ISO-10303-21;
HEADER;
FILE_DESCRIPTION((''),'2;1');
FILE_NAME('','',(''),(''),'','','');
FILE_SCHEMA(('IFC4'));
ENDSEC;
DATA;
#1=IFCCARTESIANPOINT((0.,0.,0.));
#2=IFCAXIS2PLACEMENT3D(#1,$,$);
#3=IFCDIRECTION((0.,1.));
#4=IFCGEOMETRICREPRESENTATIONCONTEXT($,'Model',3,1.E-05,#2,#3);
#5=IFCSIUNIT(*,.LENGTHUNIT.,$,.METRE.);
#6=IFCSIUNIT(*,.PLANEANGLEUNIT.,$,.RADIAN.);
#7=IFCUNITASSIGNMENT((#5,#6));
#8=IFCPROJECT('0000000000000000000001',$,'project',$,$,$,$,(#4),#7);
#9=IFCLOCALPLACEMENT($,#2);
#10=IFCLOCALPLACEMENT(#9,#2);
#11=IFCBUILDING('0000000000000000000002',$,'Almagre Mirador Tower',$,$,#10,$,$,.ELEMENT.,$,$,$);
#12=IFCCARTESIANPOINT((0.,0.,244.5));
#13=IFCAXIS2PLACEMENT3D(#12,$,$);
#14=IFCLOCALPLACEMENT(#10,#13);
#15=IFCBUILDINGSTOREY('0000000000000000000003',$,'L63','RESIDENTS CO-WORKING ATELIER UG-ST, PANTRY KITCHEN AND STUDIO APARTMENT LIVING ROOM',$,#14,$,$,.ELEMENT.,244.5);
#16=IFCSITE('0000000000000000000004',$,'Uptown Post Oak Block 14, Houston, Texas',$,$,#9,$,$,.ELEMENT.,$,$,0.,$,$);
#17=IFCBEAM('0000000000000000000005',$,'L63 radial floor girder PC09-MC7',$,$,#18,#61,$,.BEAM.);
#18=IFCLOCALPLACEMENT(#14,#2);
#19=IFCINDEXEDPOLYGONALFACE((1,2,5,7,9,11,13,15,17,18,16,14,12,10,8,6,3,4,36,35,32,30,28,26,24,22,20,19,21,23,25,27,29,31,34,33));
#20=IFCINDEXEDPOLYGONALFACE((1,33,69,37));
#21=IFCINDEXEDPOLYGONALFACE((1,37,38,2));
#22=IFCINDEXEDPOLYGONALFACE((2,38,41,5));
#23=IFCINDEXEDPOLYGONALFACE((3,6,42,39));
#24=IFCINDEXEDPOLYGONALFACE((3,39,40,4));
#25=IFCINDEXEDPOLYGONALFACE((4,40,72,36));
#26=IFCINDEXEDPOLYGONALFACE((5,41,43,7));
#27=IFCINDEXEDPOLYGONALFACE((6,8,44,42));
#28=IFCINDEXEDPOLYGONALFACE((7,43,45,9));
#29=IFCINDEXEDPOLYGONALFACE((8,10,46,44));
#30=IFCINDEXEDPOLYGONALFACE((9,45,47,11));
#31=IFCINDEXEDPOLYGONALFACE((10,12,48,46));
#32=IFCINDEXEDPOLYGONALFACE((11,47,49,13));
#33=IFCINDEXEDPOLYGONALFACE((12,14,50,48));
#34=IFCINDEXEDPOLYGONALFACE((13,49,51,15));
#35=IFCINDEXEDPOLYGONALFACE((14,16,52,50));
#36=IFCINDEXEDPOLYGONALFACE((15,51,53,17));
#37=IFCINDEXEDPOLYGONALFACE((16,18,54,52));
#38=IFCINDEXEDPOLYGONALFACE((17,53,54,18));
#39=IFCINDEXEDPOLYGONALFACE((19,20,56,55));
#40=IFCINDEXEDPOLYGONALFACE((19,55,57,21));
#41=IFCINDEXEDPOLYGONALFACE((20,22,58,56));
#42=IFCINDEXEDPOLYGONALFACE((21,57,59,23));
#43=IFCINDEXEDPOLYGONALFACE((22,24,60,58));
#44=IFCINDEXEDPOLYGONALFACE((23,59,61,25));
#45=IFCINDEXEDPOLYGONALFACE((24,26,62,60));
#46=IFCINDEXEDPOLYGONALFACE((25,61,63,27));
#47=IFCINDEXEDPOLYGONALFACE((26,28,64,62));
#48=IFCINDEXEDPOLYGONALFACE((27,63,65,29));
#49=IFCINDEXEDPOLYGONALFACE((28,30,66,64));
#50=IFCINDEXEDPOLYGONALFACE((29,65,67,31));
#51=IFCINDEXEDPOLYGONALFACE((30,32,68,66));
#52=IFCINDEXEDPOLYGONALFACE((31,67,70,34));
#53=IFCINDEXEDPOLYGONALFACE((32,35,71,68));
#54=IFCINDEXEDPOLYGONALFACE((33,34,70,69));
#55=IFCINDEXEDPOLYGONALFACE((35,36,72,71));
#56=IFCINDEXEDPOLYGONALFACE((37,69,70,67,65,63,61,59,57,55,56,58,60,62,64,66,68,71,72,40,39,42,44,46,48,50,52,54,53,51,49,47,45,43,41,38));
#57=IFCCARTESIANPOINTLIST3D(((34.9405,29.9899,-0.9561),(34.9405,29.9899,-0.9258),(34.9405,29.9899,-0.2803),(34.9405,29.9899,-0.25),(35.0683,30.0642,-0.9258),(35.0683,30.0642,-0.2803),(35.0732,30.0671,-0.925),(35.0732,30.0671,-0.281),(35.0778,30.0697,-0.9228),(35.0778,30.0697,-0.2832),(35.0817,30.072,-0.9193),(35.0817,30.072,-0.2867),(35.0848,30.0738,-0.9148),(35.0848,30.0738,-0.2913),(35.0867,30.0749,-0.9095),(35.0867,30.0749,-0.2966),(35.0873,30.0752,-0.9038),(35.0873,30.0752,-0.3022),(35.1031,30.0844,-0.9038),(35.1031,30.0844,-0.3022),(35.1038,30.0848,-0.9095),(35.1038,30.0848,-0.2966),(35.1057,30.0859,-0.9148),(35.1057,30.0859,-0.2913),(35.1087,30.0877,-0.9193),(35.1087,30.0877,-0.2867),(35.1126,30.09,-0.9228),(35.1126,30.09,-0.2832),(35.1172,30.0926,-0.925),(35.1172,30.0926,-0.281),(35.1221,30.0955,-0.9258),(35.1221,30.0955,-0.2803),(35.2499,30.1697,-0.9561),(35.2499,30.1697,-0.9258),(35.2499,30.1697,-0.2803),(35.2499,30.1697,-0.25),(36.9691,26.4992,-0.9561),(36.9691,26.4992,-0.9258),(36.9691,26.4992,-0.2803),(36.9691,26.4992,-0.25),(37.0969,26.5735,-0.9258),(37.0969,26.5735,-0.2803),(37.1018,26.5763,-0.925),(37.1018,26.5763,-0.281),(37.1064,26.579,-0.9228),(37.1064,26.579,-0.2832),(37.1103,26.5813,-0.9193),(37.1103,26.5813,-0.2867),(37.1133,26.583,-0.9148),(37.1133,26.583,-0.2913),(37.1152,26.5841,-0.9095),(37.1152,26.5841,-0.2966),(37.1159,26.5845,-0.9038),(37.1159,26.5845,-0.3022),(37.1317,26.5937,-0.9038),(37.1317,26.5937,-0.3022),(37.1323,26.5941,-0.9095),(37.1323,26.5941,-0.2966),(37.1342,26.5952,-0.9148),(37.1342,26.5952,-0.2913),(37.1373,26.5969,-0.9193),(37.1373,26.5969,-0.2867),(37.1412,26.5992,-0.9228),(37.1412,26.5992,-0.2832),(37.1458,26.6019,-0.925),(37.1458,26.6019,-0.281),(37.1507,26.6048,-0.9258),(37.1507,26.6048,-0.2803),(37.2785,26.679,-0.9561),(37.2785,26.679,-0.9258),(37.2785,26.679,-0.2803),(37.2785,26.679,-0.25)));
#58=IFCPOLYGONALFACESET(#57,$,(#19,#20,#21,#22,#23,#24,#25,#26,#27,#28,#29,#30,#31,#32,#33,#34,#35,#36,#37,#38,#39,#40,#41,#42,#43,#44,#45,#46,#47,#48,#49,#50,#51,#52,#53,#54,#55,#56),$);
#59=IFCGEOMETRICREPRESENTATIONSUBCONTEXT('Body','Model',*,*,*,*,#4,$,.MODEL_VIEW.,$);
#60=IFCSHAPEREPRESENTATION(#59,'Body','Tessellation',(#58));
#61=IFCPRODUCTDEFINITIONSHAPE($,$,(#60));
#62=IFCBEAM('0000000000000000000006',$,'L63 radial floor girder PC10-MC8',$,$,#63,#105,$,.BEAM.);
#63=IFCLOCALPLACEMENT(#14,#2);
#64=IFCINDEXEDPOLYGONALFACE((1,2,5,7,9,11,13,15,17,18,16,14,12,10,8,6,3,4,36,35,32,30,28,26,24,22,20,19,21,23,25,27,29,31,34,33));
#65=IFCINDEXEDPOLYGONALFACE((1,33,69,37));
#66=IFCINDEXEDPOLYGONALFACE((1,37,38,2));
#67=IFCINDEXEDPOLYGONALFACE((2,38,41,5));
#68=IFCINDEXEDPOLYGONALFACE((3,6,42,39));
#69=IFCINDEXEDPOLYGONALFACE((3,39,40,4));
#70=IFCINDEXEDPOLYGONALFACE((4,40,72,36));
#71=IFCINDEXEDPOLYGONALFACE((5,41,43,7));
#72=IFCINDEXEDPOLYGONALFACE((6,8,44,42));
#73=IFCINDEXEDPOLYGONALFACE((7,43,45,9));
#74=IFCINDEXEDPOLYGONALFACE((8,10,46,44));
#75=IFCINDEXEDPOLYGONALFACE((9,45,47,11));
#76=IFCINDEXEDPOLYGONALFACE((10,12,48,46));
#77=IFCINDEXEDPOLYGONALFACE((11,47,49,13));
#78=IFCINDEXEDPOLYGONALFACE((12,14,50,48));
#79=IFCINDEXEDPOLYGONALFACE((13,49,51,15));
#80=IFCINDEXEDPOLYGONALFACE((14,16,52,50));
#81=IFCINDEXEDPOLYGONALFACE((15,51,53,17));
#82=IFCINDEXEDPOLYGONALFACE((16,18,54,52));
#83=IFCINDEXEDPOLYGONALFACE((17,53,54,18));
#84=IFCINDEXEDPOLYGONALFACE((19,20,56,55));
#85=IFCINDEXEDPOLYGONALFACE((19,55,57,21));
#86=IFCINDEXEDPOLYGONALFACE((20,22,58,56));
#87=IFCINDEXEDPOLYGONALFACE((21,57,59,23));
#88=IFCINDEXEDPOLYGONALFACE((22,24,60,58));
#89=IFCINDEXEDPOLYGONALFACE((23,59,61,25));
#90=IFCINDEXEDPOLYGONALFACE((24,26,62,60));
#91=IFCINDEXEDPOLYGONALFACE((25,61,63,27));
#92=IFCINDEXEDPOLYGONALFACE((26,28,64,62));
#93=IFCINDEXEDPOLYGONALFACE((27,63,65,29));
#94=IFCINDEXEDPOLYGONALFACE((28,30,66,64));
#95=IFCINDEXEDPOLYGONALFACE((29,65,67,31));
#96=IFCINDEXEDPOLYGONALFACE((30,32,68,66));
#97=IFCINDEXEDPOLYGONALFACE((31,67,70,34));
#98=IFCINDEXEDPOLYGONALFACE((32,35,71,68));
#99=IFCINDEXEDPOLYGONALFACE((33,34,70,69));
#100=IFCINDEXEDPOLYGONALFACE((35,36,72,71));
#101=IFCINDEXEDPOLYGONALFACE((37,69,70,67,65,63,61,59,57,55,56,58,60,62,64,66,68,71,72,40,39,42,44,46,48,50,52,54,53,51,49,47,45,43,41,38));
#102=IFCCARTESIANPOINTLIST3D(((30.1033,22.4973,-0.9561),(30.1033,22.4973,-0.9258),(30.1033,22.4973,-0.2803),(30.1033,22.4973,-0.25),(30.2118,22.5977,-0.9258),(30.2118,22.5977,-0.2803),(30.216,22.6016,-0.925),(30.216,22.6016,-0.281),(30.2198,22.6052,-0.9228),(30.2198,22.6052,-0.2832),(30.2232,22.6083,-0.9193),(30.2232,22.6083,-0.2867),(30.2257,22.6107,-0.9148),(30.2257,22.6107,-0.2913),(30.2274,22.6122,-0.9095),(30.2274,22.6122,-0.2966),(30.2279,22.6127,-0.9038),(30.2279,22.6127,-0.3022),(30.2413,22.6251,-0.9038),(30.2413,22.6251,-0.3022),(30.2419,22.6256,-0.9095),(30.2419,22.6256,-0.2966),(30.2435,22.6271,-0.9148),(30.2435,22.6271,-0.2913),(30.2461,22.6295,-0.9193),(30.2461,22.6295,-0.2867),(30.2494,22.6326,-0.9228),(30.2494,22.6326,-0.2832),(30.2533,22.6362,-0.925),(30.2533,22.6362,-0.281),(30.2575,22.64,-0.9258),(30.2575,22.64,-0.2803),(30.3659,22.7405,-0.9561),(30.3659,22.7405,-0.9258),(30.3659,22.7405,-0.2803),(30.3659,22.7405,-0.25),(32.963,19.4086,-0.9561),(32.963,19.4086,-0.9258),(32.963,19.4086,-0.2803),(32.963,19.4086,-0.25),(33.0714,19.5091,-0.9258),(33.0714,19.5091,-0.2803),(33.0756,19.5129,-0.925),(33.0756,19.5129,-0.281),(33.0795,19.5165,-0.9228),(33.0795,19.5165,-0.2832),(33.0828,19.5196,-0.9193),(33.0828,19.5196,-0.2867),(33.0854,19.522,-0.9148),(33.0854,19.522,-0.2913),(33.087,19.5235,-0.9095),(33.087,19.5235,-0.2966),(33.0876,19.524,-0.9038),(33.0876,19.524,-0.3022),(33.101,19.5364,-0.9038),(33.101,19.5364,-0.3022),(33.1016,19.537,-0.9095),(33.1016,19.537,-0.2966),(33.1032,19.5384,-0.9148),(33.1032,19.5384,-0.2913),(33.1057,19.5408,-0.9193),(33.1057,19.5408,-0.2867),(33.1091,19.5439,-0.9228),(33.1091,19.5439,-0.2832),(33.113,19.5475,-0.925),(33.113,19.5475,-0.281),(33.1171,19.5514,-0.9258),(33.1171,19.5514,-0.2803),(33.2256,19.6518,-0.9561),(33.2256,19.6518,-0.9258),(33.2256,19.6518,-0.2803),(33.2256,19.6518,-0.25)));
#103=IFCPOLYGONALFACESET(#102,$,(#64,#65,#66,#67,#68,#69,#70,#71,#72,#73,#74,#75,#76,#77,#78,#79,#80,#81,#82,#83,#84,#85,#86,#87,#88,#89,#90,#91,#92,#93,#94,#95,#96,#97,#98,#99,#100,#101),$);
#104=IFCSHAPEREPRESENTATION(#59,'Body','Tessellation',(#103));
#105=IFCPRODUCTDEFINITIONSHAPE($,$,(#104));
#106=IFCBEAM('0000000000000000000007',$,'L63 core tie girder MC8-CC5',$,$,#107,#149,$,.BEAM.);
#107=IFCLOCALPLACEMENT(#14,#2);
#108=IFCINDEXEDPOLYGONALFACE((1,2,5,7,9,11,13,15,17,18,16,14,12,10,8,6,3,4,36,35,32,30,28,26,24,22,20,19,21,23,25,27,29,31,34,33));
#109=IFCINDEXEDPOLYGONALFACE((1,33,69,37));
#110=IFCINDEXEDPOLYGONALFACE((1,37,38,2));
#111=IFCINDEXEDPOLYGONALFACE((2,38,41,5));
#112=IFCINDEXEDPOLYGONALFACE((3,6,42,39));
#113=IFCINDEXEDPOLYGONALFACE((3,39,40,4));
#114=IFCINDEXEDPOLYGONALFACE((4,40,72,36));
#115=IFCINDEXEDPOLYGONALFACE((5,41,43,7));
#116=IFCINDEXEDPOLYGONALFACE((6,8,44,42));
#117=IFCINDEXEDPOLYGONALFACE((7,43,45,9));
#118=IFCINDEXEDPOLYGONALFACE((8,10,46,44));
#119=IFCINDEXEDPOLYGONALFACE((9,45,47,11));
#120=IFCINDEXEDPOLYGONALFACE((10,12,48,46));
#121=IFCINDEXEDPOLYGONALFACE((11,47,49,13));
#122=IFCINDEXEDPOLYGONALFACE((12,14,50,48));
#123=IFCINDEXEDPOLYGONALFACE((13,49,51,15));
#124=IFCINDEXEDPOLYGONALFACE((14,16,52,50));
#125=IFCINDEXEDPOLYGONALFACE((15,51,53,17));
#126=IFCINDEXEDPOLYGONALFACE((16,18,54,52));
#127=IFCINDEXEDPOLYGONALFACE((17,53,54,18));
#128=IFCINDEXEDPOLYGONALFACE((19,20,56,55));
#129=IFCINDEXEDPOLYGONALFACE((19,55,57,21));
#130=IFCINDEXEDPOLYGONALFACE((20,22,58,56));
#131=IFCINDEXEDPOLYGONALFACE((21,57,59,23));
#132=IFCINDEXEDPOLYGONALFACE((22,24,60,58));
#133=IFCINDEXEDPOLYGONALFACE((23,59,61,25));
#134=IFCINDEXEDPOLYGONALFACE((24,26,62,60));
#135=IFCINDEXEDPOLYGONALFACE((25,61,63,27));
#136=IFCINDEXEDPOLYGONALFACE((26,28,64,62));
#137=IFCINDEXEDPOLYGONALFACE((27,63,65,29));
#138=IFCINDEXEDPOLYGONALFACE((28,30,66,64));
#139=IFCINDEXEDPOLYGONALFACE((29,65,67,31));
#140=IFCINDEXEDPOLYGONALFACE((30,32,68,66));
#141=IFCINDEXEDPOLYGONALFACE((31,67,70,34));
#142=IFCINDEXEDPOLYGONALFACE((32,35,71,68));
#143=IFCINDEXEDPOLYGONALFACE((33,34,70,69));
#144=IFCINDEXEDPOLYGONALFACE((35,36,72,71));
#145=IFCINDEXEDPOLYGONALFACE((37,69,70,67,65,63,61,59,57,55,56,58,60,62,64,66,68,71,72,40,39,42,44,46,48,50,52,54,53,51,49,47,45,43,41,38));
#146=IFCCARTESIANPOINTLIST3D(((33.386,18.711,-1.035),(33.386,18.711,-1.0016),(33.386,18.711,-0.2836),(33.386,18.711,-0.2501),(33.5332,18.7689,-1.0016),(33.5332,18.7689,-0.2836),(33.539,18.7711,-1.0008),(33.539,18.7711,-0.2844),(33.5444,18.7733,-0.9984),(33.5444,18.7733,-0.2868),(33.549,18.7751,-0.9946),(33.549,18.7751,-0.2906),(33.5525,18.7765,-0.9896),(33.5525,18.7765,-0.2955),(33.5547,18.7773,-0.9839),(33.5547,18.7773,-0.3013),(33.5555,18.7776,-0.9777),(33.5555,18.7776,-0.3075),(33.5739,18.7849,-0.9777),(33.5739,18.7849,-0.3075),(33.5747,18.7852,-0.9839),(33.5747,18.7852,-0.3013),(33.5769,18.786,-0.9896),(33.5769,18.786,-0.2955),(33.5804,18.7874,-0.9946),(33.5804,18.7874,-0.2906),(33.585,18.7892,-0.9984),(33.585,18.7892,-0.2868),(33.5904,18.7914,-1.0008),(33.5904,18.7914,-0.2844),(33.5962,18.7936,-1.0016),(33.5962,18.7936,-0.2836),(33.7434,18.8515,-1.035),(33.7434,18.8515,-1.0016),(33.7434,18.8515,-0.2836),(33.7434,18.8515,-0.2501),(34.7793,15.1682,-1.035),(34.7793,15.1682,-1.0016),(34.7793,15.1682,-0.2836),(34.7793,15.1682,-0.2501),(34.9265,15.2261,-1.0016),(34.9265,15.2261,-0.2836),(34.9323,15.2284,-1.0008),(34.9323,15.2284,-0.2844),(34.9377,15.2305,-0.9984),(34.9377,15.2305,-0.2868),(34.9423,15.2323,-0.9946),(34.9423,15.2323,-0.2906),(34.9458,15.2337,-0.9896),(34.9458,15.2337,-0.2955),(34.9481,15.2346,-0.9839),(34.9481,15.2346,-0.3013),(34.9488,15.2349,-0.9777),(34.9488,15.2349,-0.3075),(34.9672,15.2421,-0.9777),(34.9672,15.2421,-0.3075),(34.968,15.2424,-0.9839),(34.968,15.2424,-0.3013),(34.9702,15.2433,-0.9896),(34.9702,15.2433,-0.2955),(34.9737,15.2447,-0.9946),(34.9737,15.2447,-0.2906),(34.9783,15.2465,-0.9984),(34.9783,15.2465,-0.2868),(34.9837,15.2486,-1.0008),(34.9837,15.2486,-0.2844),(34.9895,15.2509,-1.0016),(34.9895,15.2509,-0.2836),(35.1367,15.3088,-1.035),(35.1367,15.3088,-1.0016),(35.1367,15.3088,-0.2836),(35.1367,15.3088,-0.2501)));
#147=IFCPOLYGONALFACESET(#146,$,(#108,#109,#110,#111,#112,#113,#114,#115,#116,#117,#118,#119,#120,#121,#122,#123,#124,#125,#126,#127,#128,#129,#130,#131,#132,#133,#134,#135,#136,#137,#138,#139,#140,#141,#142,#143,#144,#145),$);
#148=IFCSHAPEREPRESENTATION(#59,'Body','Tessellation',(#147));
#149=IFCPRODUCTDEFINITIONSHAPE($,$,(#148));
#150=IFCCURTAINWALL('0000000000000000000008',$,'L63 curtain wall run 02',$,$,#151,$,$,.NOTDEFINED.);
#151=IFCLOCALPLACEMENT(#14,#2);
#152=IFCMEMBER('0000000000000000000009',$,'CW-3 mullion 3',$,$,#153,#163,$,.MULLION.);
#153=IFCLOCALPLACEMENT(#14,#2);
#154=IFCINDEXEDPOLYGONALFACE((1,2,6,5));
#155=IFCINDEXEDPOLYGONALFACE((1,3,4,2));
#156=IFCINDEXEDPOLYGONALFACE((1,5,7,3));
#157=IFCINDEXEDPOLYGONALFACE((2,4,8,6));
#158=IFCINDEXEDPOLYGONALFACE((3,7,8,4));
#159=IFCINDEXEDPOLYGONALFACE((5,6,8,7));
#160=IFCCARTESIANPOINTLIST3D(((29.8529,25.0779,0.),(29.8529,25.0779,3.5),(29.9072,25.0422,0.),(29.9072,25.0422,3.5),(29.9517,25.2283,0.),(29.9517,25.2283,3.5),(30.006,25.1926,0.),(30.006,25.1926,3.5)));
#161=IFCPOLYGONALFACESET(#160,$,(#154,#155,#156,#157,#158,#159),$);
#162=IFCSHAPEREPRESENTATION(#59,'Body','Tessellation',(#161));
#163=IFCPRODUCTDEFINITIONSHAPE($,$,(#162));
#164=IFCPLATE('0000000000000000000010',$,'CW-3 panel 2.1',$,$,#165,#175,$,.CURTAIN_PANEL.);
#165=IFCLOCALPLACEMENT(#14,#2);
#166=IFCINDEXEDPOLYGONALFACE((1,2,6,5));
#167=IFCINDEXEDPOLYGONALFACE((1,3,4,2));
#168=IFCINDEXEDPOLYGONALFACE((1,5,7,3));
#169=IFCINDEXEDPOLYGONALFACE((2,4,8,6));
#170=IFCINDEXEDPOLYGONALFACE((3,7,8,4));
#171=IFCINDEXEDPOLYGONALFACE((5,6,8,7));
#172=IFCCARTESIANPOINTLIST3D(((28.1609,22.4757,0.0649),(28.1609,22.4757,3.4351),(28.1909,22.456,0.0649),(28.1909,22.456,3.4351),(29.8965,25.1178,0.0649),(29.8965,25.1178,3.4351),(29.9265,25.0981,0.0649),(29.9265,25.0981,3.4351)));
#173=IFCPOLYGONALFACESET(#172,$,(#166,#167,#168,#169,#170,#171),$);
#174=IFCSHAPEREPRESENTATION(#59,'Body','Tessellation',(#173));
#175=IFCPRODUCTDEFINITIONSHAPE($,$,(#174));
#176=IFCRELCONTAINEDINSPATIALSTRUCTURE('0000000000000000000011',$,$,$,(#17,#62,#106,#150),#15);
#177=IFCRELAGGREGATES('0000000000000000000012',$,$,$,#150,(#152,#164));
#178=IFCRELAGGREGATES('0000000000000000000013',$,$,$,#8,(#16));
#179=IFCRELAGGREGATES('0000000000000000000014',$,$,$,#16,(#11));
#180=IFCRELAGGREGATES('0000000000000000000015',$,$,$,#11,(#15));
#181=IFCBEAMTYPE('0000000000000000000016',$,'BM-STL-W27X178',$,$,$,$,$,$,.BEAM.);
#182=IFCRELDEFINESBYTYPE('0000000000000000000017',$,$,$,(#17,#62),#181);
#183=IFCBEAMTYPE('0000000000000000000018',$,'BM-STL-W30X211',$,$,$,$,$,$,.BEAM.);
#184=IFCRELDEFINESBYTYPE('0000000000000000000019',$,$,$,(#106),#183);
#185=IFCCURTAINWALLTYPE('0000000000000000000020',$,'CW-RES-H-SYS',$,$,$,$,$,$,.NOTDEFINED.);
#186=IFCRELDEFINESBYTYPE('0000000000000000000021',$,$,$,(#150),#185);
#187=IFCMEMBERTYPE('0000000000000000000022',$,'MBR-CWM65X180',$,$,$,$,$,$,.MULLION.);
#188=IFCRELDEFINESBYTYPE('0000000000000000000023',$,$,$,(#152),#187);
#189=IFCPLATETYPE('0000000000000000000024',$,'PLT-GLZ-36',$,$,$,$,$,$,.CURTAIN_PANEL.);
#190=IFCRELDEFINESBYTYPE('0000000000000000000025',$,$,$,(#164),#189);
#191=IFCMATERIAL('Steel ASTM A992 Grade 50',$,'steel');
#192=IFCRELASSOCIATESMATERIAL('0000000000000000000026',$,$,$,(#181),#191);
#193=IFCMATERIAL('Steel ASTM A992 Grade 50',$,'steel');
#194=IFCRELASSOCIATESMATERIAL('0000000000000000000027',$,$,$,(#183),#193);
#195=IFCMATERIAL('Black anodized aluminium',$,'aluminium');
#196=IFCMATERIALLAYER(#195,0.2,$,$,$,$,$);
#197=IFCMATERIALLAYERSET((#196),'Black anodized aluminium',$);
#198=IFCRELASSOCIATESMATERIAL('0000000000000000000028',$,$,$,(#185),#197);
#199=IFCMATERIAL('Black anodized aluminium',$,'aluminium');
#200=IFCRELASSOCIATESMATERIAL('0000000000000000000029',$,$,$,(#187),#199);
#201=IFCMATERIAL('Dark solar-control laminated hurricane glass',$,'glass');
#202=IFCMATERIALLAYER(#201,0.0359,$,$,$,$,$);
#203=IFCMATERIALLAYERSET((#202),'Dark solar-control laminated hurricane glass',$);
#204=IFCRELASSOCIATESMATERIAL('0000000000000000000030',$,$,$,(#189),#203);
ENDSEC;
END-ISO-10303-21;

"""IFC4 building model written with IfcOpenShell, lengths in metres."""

from ifc_helpers import new_model, si_unit, direction, frame, origin, origin_2d, place, context, subcontext, project, spatial, rectangle, i_section, extrude, material, layer, layer_set, material_profile, profile_set, type_object, element, aggregate, save


model = new_model("IFC4")

# Units and contexts
model_context = context("Model", 3, precision=1e-05, world=origin(), true_north=direction((0.0, 1.0)))
body_context = subcontext(model_context, "Body", "Model", "MODEL_VIEW")
ifc_project = project(units=[si_unit("LENGTHUNIT", "METRE"), si_unit("PLANEANGLEUNIT", "RADIAN")], contexts=[model_context])

# Site, building, storey
site_placement = place(None, origin())
site = spatial("IfcSite", under=ifc_project, at=site_placement, Name="Uptown Post Oak Block 14, Houston, Texas", CompositionType="ELEMENT", RefElevation=0.0)
building_placement = place(site_placement, origin())
building = spatial("IfcBuilding", under=site, at=building_placement, Name="Almagre Mirador Tower", CompositionType="ELEMENT")
storey_placement = place(building_placement, frame((0.0, 0.0, 244.5)))
storey = spatial("IfcBuildingStorey", under=building, at=storey_placement, Name="L63", Description="RESIDENTS CO-WORKING ATELIER UG-ST, PANTRY KITCHEN AND STUDIO APARTMENT LIVING ROOM", CompositionType="ELEMENT", Elevation=244.5)

# Beams
ifc_material_1 = material(Name="Steel ASTM A992 Grade 50", Category="steel")
ifc_material_profile_1 = material_profile(ifc_material_1, i_section(OverallWidth=0.3579, OverallDepth=0.7061, WebThickness=0.0183, FlangeThickness=0.0303, FilletRadius=0.022, at=origin_2d()), Name="W27X178")
ifc_profile_set_1 = profile_set([ifc_material_profile_1], Name="Steel ASTM A992 Grade 50")
beam_type_1 = type_object("IfcBeamType", Name="BM-STL-W27X178", PredefinedType="BEAM", material=ifc_profile_set_1)
beam_1_placement = place(storey_placement, frame((35.0952, 30.0798, -0.603), z_axis=(0.502449, -0.864607, 0.0), x_axis=(0.864607, 0.502449, 0.0)))
element("IfcBeam", 1, at=beam_1_placement, inside=storey, type_object=beam_type_1, Name="L63 radial floor girder PC09-MC7", PredefinedType="BEAM", context=body_context, shape_type="SweptSolid", body=[
    extrude(i_section(OverallWidth=0.3579, OverallDepth=0.7061, WebThickness=0.0183, FlangeThickness=0.0303, FilletRadius=0.022, at=origin_2d()), origin(), (0.0, 0.0, 1.0), 4.0374),
])
beam_2_placement = place(storey_placement, frame((30.2346, 22.6189, -0.603), z_axis=(0.67938, -0.733786, 0.0), x_axis=(0.733786, 0.67938, 0.0)))
element("IfcBeam", 2, at=beam_2_placement, inside=storey, type_object=beam_type_1, Name="L63 radial floor girder PC10-MC8", PredefinedType="BEAM", context=body_context, shape_type="SweptSolid", body=[
    extrude(i_section(OverallWidth=0.3579, OverallDepth=0.7061, WebThickness=0.0183, FlangeThickness=0.0303, FilletRadius=0.022, at=origin_2d()), origin(), (0.0, 0.0, 1.0), 4.2092),
])
ifc_material_2 = material(Name="Steel ASTM A992 Grade 50", Category="steel")
ifc_material_profile_2 = material_profile(ifc_material_2, i_section(OverallWidth=0.384, OverallDepth=0.7849, WebThickness=0.0198, FlangeThickness=0.0334, FilletRadius=0.0239, at=origin_2d()), Name="W30X211")
ifc_profile_set_2 = profile_set([ifc_material_profile_2], Name="Steel ASTM A992 Grade 50")
beam_type_2 = type_object("IfcBeamType", Name="BM-STL-W30X211", PredefinedType="BEAM", material=ifc_profile_set_2)
beam_3_placement = place(storey_placement, frame((33.5647, 18.7812, -0.6426), z_axis=(0.366, -0.930615, 0.0), x_axis=(0.930615, 0.366, 0.0)))
element("IfcBeam", 3, at=beam_3_placement, inside=storey, type_object=beam_type_2, Name="L63 core tie girder MC8-CC5", PredefinedType="BEAM", context=body_context, shape_type="SweptSolid", body=[
    extrude(i_section(OverallWidth=0.384, OverallDepth=0.7849, WebThickness=0.0198, FlangeThickness=0.0334, FilletRadius=0.0239, at=origin_2d()), origin(), (0.0, 0.0, 1.0), 3.8069),
])

# Curtain wall, member, plate
ifc_material_3 = material(Name="Black anodized aluminium", Category="aluminium")
ifc_layer_1 = layer(ifc_material_3, 0.2)
ifc_layer_set_1 = layer_set([ifc_layer_1], Name="Black anodized aluminium")
curtain_wall_type = type_object("IfcCurtainWallType", Name="CW-RES-H-SYS", PredefinedType="NOTDEFINED", material=ifc_layer_set_1)
curtain_wall_placement = place(storey_placement, origin())
curtain_wall = element("IfcCurtainWall", 4, at=curtain_wall_placement, inside=storey, type_object=curtain_wall_type, Name="L63 curtain wall run 02", PredefinedType="NOTDEFINED")
ifc_material_4 = material(Name="Black anodized aluminium", Category="aluminium")
ifc_material_profile_3 = material_profile(ifc_material_4, rectangle(XDim=0.0649, YDim=0.1799, at=origin_2d()), Name="CWM65X180")
ifc_profile_set_3 = profile_set([ifc_material_profile_3], Name="Black anodized aluminium")
member_type = type_object("IfcMemberType", Name="MBR-CWM65X180", PredefinedType="MULLION", material=ifc_profile_set_3)
member_placement = place(storey_placement, frame((29.9294, 25.1353, 0.0), z_axis=(0.0, 0.0, 1.0), x_axis=(-0.835801, 0.549033, 0.0)))
member = element("IfcMember", 5, at=member_placement, type_object=member_type, Name="CW-3 mullion 3", PredefinedType="MULLION", context=body_context, shape_type="SweptSolid", body=[
    extrude(rectangle(XDim=0.0649, YDim=0.1799, at=origin_2d()), origin(), (0.0, 0.0, 1.0), 3.5),
])
ifc_material_5 = material(Name="Dark solar-control laminated hurricane glass", Category="glass")
ifc_layer_2 = layer(ifc_material_5, 0.0359)
ifc_layer_set_2 = layer_set([ifc_layer_2], Name="Dark solar-control laminated hurricane glass")
plate_type = type_object("IfcPlateType", Name="PLT-GLZ-36", PredefinedType="CURTAIN_PANEL", material=ifc_layer_set_2)
plate_placement = place(storey_placement, frame((29.0437, 23.7869, 0.0649), z_axis=(0.0, 0.0, 1.0), x_axis=(0.549033, 0.835801, 0.0)))
plate = element("IfcPlate", 6, at=plate_placement, type_object=plate_type, Name="CW-3 panel 2.1", PredefinedType="CURTAIN_PANEL", context=body_context, shape_type="SweptSolid", body=[
    extrude(rectangle(XDim=3.1611, YDim=0.0359, at=origin_2d()), origin(), (0.0, 0.0, 1.0), 3.3701),
])
aggregate(curtain_wall, [member, plate])

save(model, "model.ifc")
